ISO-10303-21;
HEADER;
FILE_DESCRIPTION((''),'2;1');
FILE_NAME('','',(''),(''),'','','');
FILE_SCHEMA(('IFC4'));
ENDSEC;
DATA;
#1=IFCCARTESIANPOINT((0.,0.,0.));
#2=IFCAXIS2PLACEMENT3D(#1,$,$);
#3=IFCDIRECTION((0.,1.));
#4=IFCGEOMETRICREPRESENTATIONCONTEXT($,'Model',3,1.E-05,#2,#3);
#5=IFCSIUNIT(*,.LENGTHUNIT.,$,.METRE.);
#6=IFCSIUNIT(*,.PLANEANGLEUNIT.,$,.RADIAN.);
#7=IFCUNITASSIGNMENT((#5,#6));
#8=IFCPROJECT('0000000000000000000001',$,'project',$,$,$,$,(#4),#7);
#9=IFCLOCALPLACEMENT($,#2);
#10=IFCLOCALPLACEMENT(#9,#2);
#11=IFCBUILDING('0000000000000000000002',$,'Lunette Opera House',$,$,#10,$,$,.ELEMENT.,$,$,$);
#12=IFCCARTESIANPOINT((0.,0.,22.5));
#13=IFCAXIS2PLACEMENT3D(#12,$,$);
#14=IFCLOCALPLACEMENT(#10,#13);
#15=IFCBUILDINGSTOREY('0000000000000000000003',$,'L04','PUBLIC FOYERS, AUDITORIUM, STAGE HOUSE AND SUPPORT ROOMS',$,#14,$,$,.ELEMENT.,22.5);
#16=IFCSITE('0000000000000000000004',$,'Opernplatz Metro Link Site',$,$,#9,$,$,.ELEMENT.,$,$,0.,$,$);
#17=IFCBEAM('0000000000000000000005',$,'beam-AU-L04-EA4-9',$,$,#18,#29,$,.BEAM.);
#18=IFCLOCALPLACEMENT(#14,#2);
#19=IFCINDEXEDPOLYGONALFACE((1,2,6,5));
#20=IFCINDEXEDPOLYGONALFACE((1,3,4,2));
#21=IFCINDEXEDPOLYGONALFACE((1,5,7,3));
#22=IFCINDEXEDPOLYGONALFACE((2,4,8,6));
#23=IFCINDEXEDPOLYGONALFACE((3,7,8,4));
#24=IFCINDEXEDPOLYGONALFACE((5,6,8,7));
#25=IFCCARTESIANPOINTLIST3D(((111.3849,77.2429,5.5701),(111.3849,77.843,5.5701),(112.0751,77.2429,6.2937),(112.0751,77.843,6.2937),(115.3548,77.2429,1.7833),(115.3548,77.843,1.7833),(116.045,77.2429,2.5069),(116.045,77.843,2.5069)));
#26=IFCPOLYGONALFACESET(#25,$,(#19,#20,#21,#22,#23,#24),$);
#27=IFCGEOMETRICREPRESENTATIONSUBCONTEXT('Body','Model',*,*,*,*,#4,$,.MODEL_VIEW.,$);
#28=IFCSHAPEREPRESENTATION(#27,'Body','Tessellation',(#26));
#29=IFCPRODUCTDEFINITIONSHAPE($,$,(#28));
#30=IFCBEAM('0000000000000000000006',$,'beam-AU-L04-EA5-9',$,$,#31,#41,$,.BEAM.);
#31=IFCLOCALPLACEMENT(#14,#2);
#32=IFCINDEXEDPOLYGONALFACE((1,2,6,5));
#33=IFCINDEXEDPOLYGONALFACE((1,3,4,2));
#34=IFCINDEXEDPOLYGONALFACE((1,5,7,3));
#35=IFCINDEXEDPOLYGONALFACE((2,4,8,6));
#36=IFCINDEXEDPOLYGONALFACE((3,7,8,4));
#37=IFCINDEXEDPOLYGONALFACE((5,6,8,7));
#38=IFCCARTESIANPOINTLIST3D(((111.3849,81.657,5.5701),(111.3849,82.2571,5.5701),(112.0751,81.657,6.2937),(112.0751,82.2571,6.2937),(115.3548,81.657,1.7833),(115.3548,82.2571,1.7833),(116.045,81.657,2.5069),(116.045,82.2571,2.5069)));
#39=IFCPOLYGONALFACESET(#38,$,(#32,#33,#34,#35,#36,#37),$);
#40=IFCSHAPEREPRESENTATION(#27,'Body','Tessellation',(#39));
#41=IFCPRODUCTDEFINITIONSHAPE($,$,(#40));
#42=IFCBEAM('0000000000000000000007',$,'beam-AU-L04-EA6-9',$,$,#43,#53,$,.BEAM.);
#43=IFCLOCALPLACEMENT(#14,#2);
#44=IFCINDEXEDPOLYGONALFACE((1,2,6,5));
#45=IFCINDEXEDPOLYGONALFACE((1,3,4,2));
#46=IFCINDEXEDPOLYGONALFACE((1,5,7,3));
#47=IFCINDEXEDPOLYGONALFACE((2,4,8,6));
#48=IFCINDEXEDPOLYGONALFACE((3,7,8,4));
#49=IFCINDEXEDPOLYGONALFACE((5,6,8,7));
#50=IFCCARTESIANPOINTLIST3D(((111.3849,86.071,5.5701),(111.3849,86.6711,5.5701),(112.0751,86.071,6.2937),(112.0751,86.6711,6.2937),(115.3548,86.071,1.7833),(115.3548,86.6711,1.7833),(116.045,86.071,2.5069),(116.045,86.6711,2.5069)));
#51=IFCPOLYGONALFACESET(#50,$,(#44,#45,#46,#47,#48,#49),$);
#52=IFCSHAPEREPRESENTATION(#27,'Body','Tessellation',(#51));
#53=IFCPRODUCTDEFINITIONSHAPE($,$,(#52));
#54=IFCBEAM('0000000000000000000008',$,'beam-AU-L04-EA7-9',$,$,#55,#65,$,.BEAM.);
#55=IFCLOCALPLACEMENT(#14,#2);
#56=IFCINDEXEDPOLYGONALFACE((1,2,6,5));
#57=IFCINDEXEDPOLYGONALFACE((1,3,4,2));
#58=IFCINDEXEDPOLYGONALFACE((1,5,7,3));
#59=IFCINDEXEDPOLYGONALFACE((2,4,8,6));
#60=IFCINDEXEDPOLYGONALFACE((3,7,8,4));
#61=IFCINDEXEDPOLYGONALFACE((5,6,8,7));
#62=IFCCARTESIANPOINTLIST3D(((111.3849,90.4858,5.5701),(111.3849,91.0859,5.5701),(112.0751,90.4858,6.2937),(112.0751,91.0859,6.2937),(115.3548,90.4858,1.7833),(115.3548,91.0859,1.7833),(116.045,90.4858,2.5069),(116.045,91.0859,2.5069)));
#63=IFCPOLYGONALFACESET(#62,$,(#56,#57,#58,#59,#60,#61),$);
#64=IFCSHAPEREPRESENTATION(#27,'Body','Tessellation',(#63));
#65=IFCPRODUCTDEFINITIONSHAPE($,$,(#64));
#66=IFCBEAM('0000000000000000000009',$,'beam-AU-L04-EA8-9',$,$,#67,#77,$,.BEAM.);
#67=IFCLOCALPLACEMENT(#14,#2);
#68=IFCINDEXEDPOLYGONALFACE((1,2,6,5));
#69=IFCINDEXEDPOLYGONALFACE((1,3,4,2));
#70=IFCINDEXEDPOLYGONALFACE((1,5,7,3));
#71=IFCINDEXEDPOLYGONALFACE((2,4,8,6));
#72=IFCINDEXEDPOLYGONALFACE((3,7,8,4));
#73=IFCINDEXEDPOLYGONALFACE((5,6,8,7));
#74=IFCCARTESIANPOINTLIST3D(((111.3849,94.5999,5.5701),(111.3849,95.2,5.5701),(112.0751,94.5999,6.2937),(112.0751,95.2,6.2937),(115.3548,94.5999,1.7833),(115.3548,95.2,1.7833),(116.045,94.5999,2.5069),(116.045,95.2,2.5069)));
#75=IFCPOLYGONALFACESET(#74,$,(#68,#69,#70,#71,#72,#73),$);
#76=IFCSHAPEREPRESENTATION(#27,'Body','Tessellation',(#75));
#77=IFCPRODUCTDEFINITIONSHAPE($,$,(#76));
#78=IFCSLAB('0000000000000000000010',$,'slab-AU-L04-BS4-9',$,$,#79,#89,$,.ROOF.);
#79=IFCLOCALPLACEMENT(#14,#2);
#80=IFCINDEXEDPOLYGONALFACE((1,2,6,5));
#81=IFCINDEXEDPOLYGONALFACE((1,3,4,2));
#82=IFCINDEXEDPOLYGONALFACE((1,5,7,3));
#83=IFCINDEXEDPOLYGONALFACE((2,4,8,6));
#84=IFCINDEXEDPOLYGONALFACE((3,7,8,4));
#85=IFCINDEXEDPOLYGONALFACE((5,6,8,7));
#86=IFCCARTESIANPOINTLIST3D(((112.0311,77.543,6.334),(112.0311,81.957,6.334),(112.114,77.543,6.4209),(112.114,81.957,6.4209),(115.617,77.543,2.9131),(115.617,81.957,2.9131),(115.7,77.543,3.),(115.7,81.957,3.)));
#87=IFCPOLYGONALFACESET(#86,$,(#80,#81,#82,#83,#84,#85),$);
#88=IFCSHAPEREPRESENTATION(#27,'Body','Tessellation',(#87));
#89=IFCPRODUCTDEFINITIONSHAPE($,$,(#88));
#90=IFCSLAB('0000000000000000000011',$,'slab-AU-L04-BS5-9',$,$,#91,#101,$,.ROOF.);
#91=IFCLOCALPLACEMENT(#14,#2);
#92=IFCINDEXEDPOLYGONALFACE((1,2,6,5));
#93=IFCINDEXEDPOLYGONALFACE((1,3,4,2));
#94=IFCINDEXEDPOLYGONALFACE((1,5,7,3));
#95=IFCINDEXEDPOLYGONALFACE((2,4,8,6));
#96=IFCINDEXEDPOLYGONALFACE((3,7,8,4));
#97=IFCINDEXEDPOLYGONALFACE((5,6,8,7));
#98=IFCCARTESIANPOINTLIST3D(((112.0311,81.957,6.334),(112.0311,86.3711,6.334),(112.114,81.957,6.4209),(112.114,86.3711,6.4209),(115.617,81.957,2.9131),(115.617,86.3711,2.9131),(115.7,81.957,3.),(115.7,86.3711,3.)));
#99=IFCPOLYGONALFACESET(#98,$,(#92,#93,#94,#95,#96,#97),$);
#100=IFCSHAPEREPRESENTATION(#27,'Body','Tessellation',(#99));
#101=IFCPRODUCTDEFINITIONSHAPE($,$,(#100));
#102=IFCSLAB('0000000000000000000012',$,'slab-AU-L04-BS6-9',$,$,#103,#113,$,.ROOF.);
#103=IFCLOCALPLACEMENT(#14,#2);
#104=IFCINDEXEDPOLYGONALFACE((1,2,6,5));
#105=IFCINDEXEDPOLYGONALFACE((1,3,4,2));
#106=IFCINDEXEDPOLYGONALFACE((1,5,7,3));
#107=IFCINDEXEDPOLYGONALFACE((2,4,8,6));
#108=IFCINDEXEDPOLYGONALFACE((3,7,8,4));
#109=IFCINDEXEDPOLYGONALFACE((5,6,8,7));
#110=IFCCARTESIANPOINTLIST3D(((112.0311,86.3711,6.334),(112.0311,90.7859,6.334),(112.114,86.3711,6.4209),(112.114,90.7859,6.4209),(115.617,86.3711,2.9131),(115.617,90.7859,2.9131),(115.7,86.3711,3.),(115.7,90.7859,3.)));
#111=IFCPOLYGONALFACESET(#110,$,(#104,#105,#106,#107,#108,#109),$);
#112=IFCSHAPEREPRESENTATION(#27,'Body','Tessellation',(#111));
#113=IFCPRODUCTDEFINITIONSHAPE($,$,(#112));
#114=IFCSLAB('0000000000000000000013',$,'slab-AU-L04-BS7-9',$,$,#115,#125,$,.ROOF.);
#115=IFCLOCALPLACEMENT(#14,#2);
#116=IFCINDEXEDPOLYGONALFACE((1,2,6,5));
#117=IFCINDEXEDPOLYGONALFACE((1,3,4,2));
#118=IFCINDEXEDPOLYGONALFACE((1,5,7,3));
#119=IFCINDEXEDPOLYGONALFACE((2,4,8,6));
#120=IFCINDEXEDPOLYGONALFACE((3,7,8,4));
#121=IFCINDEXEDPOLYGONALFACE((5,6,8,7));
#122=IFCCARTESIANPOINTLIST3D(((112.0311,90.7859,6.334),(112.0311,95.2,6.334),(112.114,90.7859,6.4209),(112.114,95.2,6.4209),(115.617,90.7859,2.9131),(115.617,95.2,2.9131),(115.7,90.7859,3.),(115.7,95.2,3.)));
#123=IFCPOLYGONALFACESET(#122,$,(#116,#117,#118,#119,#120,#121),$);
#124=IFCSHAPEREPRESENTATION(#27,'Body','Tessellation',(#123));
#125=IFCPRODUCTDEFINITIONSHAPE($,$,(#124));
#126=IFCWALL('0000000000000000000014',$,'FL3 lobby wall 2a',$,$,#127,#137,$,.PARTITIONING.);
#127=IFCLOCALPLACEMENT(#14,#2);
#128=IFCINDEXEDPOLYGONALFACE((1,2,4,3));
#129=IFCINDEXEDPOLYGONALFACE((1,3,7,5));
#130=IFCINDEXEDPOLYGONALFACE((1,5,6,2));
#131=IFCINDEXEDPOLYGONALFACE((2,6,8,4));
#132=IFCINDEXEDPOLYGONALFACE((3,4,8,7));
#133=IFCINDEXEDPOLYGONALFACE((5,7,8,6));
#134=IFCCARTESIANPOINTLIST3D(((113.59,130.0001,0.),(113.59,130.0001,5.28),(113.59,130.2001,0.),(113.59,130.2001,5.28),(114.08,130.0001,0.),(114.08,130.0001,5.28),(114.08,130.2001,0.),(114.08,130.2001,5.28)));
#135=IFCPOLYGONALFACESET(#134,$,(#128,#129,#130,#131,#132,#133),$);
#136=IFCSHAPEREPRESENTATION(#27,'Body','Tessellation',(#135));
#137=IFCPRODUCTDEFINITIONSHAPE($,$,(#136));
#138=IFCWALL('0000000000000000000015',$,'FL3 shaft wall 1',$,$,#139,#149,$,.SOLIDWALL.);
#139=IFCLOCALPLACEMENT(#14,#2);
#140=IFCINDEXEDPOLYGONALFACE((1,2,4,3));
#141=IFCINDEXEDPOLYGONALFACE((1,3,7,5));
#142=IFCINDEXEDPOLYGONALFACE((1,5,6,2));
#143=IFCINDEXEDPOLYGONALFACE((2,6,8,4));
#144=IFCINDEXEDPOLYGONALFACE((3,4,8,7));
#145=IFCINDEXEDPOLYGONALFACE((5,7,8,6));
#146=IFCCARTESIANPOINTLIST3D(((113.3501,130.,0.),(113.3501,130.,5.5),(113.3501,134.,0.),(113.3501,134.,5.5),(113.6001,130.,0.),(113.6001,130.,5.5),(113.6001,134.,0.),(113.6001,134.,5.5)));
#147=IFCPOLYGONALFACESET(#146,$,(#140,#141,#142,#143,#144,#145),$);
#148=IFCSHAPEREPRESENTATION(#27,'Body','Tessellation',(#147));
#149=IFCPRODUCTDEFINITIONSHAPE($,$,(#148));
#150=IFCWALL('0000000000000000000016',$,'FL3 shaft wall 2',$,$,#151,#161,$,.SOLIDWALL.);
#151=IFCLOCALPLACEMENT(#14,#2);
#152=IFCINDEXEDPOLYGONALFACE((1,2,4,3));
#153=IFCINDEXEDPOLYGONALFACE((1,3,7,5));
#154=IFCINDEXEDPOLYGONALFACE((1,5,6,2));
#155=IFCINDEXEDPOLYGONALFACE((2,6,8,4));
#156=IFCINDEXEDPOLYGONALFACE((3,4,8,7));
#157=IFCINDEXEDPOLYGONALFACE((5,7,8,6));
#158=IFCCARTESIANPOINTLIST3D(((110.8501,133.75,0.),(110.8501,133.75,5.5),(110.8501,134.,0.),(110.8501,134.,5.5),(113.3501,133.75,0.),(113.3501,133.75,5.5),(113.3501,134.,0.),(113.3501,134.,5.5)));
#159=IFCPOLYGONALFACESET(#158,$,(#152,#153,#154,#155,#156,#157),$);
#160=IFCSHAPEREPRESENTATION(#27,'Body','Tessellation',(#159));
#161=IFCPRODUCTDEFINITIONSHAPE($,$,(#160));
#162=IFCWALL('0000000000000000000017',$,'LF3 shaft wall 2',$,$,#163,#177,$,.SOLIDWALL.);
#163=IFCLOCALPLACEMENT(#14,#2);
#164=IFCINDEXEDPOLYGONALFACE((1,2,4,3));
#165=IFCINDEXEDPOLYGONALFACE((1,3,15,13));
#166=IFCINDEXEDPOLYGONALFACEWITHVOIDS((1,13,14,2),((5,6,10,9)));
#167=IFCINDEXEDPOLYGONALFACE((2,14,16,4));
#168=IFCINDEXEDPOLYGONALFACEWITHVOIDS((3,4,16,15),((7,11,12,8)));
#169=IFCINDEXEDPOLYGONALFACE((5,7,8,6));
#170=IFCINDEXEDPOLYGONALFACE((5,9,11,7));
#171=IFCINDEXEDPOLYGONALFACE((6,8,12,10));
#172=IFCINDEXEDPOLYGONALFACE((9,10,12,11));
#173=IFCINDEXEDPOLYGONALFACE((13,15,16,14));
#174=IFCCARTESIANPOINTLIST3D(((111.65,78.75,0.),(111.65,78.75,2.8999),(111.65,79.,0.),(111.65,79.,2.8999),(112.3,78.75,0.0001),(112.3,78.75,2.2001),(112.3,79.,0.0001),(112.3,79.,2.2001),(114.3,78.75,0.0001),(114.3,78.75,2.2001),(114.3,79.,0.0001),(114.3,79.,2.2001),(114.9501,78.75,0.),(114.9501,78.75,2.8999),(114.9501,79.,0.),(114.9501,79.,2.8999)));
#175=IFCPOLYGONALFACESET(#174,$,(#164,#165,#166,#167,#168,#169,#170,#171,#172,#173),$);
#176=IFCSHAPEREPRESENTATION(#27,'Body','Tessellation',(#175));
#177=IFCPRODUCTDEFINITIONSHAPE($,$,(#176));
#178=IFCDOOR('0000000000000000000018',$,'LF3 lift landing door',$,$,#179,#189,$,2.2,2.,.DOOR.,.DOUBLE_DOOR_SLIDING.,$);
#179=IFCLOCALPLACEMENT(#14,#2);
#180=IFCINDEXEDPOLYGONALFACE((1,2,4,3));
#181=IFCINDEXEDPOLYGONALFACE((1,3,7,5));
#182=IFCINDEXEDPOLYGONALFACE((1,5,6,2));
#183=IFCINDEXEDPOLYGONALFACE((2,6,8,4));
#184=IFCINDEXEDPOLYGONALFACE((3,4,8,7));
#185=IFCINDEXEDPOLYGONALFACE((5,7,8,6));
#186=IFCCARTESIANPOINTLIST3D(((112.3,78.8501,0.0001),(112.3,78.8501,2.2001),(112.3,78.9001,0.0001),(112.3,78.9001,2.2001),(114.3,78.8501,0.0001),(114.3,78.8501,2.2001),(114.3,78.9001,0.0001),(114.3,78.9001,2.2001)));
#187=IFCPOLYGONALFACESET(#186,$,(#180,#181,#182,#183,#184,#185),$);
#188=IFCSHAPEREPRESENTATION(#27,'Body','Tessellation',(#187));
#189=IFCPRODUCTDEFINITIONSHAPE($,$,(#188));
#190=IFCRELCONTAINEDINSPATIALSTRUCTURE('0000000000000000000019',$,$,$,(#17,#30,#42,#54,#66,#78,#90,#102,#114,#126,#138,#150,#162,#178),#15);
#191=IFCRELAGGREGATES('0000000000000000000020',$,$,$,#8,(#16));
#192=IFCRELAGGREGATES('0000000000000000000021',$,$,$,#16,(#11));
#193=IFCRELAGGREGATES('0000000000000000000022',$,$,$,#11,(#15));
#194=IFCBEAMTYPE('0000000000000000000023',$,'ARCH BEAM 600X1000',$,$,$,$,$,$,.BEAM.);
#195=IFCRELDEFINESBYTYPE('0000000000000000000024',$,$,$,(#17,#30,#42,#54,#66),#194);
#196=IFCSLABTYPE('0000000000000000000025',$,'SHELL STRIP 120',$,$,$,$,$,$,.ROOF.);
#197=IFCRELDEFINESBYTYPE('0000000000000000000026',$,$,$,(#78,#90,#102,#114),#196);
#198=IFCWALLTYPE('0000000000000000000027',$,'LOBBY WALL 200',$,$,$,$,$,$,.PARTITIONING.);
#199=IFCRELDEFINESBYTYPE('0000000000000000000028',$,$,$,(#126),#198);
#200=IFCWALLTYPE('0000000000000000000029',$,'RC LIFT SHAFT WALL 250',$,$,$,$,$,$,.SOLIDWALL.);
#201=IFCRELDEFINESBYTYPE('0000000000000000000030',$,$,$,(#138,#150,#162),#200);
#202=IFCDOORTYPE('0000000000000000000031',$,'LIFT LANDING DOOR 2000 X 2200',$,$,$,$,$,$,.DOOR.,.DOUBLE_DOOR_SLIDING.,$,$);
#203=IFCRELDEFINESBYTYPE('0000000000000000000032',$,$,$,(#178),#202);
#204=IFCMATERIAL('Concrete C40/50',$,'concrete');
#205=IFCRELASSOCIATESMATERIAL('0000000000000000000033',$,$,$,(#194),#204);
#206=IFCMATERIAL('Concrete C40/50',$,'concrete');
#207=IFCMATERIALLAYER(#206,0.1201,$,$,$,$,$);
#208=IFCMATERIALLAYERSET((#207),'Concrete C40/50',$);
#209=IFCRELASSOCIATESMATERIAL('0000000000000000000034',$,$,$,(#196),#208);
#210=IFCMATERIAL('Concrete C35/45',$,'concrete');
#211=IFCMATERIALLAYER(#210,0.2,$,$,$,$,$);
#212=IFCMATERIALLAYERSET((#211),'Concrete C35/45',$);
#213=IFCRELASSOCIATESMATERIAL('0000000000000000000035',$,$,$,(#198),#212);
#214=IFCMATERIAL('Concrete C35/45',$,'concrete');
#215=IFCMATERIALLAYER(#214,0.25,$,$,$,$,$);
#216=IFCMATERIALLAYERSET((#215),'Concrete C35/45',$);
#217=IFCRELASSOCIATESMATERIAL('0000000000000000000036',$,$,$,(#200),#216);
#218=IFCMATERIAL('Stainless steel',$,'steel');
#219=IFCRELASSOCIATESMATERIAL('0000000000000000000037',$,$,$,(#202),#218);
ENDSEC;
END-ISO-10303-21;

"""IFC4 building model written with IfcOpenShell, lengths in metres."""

from ifc_helpers import new_model, si_unit, direction, frame, frame_2d, origin, origin_2d, place, context, subcontext, project, spatial, polyline, rectangle, outline, extrude, material, layer, layer_set, material_profile, profile_set, type_object, element, fill, save


model = new_model("IFC4")

# Units and contexts
model_context = context("Model", 3, precision=1e-05, world=origin(), true_north=direction((0.0, 1.0)))
body_context = subcontext(model_context, "Body", "Model", "MODEL_VIEW")
ifc_project = project(units=[si_unit("LENGTHUNIT", "METRE"), si_unit("PLANEANGLEUNIT", "RADIAN")], contexts=[model_context])

# Site, building, storey
site_placement = place(None, origin())
site = spatial("IfcSite", under=ifc_project, at=site_placement, Name="Opernplatz Metro Link Site", CompositionType="ELEMENT", RefElevation=0.0)
building_placement = place(site_placement, origin())
building = spatial("IfcBuilding", under=site, at=building_placement, Name="Lunette Opera House", CompositionType="ELEMENT")
storey_placement = place(building_placement, frame((0.0, 0.0, 22.5)))
storey = spatial("IfcBuildingStorey", under=building, at=storey_placement, Name="L04", Description="PUBLIC FOYERS, AUDITORIUM, STAGE HOUSE AND SUPPORT ROOMS", CompositionType="ELEMENT", Elevation=22.5)

# Beams
ifc_material_1 = material(Name="Concrete C40/50", Category="concrete")
ifc_material_profile = material_profile(ifc_material_1, rectangle(XDim=0.6001, YDim=1.0, at=origin_2d()), Name="ARCH BEAM 600X1000")
ifc_profile_set = profile_set([ifc_material_profile], Name="Concrete C40/50")
beam_type = type_object("IfcBeamType", Name="ARCH BEAM 600X1000", PredefinedType="BEAM", material=ifc_profile_set)
for number, where, z_axis, x_axis, name in (
    (1, (111.73, 77.543, 5.9319), (0.723597, 0.0, -0.690223), (0.0, 1.0, 0.0), "beam-AU-L04-EA4-9"),
    (2, (111.73, 81.957, 5.9319), (0.723597, 0.0, -0.690223), (0.0, 1.0, 0.0), "beam-AU-L04-EA5-9"),
    (3, (111.73, 86.3711, 5.9319), (0.723597, 0.0, -0.690223), (0.0, 1.0, 0.0), "beam-AU-L04-EA6-9"),
    (4, (111.73, 90.7859, 5.9319), (0.723597, 0.0, -0.690223), (0.0, 1.0, 0.0), "beam-AU-L04-EA7-9"),
    (5, (111.73, 94.8999, 5.9319), (0.723597, 0.0, -0.690223), (0.0, 1.0, 0.0), "beam-AU-L04-EA8-9"),
):
    element("IfcBeam", number, at=place(storey_placement, frame(where, z_axis=z_axis, x_axis=x_axis)), inside=storey, type_object=beam_type, Name=name, PredefinedType="BEAM", context=body_context, shape_type="SweptSolid", body=[
        extrude(rectangle(XDim=0.6001, YDim=1.0, at=origin_2d()), origin(), (0.0, 0.0, 1.0), 5.4863),
    ])

# Slabs
ifc_material_2 = material(Name="Concrete C40/50", Category="concrete")
ifc_layer_1 = layer(ifc_material_2, 0.1201)
ifc_layer_set_1 = layer_set([ifc_layer_1], Name="Concrete C40/50")
slab_type = type_object("IfcSlabType", Name="SHELL STRIP 120", PredefinedType="ROOF", material=ifc_layer_set_1)
for number, where, z_axis, x_axis, name in (
    (6, (112.114, 77.543, 6.4209), (0.69026, 0.0, 0.723561), (0.723561, 0.0, -0.69026), "slab-AU-L04-BS4-9"),
    (7, (112.114, 81.957, 6.4209), (0.69026, 0.0, 0.723561), (0.723561, 0.0, -0.69026), "slab-AU-L04-BS5-9"),
):
    element("IfcSlab", number, at=place(storey_placement, frame(where, z_axis=z_axis, x_axis=x_axis)), inside=storey, type_object=slab_type, Name=name, PredefinedType="ROOF", context=body_context, shape_type="SweptSolid", body=[
        extrude(outline(polyline([(0.0, 0.0), (4.956, 0.0), (4.956, 4.4141), (0.0, 4.4141), (0.0, 0.0)])), origin(), (0.0, 0.0, -1.0), 0.1201),
    ])
slab_1_placement = place(storey_placement, frame((112.114, 86.3711, 6.4209), z_axis=(0.69026, 0.0, 0.723561), x_axis=(0.723561, 0.0, -0.69026)))
element("IfcSlab", 8, at=slab_1_placement, inside=storey, type_object=slab_type, Name="slab-AU-L04-BS6-9", PredefinedType="ROOF", context=body_context, shape_type="SweptSolid", body=[
    extrude(outline(polyline([(0.0, 0.0), (4.956, 0.0), (4.956, 4.4148), (0.0, 4.4148), (0.0, 0.0)])), origin(), (0.0, 0.0, -1.0), 0.1201),
])
slab_2_placement = place(storey_placement, frame((112.114, 90.7859, 6.4209), z_axis=(0.69026, 0.0, 0.723561), x_axis=(0.723561, 0.0, -0.69026)))
element("IfcSlab", 9, at=slab_2_placement, inside=storey, type_object=slab_type, Name="slab-AU-L04-BS7-9", PredefinedType="ROOF", context=body_context, shape_type="SweptSolid", body=[
    extrude(outline(polyline([(0.0, 0.0), (4.956, 0.0), (4.956, 4.4141), (0.0, 4.4141), (0.0, 0.0)])), origin(), (0.0, 0.0, -1.0), 0.1201),
])

# Walls
ifc_material_3 = material(Name="Concrete C35/45", Category="concrete")
ifc_layer_2 = layer(ifc_material_3, 0.2)
ifc_layer_set_2 = layer_set([ifc_layer_2], Name="Concrete C35/45")
wall_type_1 = type_object("IfcWallType", Name="LOBBY WALL 200", PredefinedType="PARTITIONING", material=ifc_layer_set_2)
wall_1_placement = place(storey_placement, frame((114.0801, 130.1001, 0.0), z_axis=(0.0, 0.0, 1.0), x_axis=(-1.0, 0.0, 0.0)))
element("IfcWall", 10, at=wall_1_placement, inside=storey, type_object=wall_type_1, Name="FL3 lobby wall 2a", PredefinedType="PARTITIONING", context=body_context, shape_type="SweptSolid", body=[
    extrude(rectangle(XDim=0.49, YDim=0.2, at=frame_2d((0.2451, 0.0))), origin(), (0.0, 0.0, 1.0), 5.28),
])
ifc_material_4 = material(Name="Concrete C35/45", Category="concrete")
ifc_layer_3 = layer(ifc_material_4, 0.25)
ifc_layer_set_3 = layer_set([ifc_layer_3], Name="Concrete C35/45")
wall_type_2 = type_object("IfcWallType", Name="RC LIFT SHAFT WALL 250", PredefinedType="SOLIDWALL", material=ifc_layer_set_3)
wall_2_placement = place(storey_placement, frame((113.4751, 130.0, 0.0), z_axis=(0.0, 0.0, 1.0), x_axis=(0.0, 1.0, 0.0)))
element("IfcWall", 11, at=wall_2_placement, inside=storey, type_object=wall_type_2, Name="FL3 shaft wall 1", PredefinedType="SOLIDWALL", context=body_context, shape_type="SweptSolid", body=[
    extrude(rectangle(XDim=4.0, YDim=0.25, at=frame_2d((2.0, 0.0))), origin(), (0.0, 0.0, 1.0), 5.5),
])
wall_3_placement = place(storey_placement, frame((113.3501, 133.875, 0.0), z_axis=(0.0, 0.0, 1.0), x_axis=(-1.0, 0.0, 0.0)))
element("IfcWall", 12, at=wall_3_placement, inside=storey, type_object=wall_type_2, Name="FL3 shaft wall 2", PredefinedType="SOLIDWALL", context=body_context, shape_type="SweptSolid", body=[
    extrude(rectangle(XDim=2.5, YDim=0.25, at=frame_2d((1.25, 0.0))), origin(), (0.0, 0.0, 1.0), 5.5),
])

# Wall, opening, door
wall_4_placement = place(storey_placement, frame((114.95, 78.875, 0.0), z_axis=(0.0, 0.0, 1.0), x_axis=(-1.0, 0.0, 0.0)))
wall_4 = element("IfcWall", 13, at=wall_4_placement, inside=storey, type_object=wall_type_2, Name="LF3 shaft wall 2", PredefinedType="SOLIDWALL", context=body_context, shape_type="SweptSolid", body=[
    extrude(rectangle(XDim=3.3, YDim=0.25, at=frame_2d((1.6499, 0.0))), origin(), (0.0, 0.0, 1.0), 2.8999),
])
opening_1_placement = place(wall_4_placement, frame((0.6499, 0.0, 0.0)))
opening_1 = element("IfcOpeningElement", 14, at=opening_1_placement, cuts=wall_4, PredefinedType="OPENING", context=body_context, shape_type="SweptSolid", body=[
    extrude(rectangle(XDim=2.0, YDim=2.2, at=frame_2d((1.0, 1.1001))), frame((0.0, 0.137, 0.0), z_axis=(0.0, -1.0, 0.0), x_axis=(1.0, 0.0, 0.0)), (0.0, 0.0, 1.0), 0.2739),
])
ifc_material_5 = material(Name="Stainless steel", Category="steel")
door_type_1 = type_object("IfcDoorType", Name="LIFT LANDING DOOR 2000 X 2200", OperationType="DOUBLE_DOOR_SLIDING", PredefinedType="DOOR", material=ifc_material_5)
door_1_placement = place(opening_1_placement, origin())
door_1 = element("IfcDoor", 15, at=door_1_placement, inside=storey, type_object=door_type_1, Name="LF3 lift landing door", OperationType="DOUBLE_DOOR_SLIDING", OverallHeight=2.2, OverallWidth=2.0, PredefinedType="DOOR", context=body_context, shape_type="SweptSolid", body=[
    extrude(rectangle(XDim=2.0, YDim=2.2, at=frame_2d((1.0, 1.1001))), frame((0.0, 0.0249, 0.0), z_axis=(0.0, -1.0, 0.0), x_axis=(1.0, 0.0, 0.0)), (0.0, 0.0, 1.0), 0.05),
])
fill(opening_1, door_1)

save(model, "model.ifc")
